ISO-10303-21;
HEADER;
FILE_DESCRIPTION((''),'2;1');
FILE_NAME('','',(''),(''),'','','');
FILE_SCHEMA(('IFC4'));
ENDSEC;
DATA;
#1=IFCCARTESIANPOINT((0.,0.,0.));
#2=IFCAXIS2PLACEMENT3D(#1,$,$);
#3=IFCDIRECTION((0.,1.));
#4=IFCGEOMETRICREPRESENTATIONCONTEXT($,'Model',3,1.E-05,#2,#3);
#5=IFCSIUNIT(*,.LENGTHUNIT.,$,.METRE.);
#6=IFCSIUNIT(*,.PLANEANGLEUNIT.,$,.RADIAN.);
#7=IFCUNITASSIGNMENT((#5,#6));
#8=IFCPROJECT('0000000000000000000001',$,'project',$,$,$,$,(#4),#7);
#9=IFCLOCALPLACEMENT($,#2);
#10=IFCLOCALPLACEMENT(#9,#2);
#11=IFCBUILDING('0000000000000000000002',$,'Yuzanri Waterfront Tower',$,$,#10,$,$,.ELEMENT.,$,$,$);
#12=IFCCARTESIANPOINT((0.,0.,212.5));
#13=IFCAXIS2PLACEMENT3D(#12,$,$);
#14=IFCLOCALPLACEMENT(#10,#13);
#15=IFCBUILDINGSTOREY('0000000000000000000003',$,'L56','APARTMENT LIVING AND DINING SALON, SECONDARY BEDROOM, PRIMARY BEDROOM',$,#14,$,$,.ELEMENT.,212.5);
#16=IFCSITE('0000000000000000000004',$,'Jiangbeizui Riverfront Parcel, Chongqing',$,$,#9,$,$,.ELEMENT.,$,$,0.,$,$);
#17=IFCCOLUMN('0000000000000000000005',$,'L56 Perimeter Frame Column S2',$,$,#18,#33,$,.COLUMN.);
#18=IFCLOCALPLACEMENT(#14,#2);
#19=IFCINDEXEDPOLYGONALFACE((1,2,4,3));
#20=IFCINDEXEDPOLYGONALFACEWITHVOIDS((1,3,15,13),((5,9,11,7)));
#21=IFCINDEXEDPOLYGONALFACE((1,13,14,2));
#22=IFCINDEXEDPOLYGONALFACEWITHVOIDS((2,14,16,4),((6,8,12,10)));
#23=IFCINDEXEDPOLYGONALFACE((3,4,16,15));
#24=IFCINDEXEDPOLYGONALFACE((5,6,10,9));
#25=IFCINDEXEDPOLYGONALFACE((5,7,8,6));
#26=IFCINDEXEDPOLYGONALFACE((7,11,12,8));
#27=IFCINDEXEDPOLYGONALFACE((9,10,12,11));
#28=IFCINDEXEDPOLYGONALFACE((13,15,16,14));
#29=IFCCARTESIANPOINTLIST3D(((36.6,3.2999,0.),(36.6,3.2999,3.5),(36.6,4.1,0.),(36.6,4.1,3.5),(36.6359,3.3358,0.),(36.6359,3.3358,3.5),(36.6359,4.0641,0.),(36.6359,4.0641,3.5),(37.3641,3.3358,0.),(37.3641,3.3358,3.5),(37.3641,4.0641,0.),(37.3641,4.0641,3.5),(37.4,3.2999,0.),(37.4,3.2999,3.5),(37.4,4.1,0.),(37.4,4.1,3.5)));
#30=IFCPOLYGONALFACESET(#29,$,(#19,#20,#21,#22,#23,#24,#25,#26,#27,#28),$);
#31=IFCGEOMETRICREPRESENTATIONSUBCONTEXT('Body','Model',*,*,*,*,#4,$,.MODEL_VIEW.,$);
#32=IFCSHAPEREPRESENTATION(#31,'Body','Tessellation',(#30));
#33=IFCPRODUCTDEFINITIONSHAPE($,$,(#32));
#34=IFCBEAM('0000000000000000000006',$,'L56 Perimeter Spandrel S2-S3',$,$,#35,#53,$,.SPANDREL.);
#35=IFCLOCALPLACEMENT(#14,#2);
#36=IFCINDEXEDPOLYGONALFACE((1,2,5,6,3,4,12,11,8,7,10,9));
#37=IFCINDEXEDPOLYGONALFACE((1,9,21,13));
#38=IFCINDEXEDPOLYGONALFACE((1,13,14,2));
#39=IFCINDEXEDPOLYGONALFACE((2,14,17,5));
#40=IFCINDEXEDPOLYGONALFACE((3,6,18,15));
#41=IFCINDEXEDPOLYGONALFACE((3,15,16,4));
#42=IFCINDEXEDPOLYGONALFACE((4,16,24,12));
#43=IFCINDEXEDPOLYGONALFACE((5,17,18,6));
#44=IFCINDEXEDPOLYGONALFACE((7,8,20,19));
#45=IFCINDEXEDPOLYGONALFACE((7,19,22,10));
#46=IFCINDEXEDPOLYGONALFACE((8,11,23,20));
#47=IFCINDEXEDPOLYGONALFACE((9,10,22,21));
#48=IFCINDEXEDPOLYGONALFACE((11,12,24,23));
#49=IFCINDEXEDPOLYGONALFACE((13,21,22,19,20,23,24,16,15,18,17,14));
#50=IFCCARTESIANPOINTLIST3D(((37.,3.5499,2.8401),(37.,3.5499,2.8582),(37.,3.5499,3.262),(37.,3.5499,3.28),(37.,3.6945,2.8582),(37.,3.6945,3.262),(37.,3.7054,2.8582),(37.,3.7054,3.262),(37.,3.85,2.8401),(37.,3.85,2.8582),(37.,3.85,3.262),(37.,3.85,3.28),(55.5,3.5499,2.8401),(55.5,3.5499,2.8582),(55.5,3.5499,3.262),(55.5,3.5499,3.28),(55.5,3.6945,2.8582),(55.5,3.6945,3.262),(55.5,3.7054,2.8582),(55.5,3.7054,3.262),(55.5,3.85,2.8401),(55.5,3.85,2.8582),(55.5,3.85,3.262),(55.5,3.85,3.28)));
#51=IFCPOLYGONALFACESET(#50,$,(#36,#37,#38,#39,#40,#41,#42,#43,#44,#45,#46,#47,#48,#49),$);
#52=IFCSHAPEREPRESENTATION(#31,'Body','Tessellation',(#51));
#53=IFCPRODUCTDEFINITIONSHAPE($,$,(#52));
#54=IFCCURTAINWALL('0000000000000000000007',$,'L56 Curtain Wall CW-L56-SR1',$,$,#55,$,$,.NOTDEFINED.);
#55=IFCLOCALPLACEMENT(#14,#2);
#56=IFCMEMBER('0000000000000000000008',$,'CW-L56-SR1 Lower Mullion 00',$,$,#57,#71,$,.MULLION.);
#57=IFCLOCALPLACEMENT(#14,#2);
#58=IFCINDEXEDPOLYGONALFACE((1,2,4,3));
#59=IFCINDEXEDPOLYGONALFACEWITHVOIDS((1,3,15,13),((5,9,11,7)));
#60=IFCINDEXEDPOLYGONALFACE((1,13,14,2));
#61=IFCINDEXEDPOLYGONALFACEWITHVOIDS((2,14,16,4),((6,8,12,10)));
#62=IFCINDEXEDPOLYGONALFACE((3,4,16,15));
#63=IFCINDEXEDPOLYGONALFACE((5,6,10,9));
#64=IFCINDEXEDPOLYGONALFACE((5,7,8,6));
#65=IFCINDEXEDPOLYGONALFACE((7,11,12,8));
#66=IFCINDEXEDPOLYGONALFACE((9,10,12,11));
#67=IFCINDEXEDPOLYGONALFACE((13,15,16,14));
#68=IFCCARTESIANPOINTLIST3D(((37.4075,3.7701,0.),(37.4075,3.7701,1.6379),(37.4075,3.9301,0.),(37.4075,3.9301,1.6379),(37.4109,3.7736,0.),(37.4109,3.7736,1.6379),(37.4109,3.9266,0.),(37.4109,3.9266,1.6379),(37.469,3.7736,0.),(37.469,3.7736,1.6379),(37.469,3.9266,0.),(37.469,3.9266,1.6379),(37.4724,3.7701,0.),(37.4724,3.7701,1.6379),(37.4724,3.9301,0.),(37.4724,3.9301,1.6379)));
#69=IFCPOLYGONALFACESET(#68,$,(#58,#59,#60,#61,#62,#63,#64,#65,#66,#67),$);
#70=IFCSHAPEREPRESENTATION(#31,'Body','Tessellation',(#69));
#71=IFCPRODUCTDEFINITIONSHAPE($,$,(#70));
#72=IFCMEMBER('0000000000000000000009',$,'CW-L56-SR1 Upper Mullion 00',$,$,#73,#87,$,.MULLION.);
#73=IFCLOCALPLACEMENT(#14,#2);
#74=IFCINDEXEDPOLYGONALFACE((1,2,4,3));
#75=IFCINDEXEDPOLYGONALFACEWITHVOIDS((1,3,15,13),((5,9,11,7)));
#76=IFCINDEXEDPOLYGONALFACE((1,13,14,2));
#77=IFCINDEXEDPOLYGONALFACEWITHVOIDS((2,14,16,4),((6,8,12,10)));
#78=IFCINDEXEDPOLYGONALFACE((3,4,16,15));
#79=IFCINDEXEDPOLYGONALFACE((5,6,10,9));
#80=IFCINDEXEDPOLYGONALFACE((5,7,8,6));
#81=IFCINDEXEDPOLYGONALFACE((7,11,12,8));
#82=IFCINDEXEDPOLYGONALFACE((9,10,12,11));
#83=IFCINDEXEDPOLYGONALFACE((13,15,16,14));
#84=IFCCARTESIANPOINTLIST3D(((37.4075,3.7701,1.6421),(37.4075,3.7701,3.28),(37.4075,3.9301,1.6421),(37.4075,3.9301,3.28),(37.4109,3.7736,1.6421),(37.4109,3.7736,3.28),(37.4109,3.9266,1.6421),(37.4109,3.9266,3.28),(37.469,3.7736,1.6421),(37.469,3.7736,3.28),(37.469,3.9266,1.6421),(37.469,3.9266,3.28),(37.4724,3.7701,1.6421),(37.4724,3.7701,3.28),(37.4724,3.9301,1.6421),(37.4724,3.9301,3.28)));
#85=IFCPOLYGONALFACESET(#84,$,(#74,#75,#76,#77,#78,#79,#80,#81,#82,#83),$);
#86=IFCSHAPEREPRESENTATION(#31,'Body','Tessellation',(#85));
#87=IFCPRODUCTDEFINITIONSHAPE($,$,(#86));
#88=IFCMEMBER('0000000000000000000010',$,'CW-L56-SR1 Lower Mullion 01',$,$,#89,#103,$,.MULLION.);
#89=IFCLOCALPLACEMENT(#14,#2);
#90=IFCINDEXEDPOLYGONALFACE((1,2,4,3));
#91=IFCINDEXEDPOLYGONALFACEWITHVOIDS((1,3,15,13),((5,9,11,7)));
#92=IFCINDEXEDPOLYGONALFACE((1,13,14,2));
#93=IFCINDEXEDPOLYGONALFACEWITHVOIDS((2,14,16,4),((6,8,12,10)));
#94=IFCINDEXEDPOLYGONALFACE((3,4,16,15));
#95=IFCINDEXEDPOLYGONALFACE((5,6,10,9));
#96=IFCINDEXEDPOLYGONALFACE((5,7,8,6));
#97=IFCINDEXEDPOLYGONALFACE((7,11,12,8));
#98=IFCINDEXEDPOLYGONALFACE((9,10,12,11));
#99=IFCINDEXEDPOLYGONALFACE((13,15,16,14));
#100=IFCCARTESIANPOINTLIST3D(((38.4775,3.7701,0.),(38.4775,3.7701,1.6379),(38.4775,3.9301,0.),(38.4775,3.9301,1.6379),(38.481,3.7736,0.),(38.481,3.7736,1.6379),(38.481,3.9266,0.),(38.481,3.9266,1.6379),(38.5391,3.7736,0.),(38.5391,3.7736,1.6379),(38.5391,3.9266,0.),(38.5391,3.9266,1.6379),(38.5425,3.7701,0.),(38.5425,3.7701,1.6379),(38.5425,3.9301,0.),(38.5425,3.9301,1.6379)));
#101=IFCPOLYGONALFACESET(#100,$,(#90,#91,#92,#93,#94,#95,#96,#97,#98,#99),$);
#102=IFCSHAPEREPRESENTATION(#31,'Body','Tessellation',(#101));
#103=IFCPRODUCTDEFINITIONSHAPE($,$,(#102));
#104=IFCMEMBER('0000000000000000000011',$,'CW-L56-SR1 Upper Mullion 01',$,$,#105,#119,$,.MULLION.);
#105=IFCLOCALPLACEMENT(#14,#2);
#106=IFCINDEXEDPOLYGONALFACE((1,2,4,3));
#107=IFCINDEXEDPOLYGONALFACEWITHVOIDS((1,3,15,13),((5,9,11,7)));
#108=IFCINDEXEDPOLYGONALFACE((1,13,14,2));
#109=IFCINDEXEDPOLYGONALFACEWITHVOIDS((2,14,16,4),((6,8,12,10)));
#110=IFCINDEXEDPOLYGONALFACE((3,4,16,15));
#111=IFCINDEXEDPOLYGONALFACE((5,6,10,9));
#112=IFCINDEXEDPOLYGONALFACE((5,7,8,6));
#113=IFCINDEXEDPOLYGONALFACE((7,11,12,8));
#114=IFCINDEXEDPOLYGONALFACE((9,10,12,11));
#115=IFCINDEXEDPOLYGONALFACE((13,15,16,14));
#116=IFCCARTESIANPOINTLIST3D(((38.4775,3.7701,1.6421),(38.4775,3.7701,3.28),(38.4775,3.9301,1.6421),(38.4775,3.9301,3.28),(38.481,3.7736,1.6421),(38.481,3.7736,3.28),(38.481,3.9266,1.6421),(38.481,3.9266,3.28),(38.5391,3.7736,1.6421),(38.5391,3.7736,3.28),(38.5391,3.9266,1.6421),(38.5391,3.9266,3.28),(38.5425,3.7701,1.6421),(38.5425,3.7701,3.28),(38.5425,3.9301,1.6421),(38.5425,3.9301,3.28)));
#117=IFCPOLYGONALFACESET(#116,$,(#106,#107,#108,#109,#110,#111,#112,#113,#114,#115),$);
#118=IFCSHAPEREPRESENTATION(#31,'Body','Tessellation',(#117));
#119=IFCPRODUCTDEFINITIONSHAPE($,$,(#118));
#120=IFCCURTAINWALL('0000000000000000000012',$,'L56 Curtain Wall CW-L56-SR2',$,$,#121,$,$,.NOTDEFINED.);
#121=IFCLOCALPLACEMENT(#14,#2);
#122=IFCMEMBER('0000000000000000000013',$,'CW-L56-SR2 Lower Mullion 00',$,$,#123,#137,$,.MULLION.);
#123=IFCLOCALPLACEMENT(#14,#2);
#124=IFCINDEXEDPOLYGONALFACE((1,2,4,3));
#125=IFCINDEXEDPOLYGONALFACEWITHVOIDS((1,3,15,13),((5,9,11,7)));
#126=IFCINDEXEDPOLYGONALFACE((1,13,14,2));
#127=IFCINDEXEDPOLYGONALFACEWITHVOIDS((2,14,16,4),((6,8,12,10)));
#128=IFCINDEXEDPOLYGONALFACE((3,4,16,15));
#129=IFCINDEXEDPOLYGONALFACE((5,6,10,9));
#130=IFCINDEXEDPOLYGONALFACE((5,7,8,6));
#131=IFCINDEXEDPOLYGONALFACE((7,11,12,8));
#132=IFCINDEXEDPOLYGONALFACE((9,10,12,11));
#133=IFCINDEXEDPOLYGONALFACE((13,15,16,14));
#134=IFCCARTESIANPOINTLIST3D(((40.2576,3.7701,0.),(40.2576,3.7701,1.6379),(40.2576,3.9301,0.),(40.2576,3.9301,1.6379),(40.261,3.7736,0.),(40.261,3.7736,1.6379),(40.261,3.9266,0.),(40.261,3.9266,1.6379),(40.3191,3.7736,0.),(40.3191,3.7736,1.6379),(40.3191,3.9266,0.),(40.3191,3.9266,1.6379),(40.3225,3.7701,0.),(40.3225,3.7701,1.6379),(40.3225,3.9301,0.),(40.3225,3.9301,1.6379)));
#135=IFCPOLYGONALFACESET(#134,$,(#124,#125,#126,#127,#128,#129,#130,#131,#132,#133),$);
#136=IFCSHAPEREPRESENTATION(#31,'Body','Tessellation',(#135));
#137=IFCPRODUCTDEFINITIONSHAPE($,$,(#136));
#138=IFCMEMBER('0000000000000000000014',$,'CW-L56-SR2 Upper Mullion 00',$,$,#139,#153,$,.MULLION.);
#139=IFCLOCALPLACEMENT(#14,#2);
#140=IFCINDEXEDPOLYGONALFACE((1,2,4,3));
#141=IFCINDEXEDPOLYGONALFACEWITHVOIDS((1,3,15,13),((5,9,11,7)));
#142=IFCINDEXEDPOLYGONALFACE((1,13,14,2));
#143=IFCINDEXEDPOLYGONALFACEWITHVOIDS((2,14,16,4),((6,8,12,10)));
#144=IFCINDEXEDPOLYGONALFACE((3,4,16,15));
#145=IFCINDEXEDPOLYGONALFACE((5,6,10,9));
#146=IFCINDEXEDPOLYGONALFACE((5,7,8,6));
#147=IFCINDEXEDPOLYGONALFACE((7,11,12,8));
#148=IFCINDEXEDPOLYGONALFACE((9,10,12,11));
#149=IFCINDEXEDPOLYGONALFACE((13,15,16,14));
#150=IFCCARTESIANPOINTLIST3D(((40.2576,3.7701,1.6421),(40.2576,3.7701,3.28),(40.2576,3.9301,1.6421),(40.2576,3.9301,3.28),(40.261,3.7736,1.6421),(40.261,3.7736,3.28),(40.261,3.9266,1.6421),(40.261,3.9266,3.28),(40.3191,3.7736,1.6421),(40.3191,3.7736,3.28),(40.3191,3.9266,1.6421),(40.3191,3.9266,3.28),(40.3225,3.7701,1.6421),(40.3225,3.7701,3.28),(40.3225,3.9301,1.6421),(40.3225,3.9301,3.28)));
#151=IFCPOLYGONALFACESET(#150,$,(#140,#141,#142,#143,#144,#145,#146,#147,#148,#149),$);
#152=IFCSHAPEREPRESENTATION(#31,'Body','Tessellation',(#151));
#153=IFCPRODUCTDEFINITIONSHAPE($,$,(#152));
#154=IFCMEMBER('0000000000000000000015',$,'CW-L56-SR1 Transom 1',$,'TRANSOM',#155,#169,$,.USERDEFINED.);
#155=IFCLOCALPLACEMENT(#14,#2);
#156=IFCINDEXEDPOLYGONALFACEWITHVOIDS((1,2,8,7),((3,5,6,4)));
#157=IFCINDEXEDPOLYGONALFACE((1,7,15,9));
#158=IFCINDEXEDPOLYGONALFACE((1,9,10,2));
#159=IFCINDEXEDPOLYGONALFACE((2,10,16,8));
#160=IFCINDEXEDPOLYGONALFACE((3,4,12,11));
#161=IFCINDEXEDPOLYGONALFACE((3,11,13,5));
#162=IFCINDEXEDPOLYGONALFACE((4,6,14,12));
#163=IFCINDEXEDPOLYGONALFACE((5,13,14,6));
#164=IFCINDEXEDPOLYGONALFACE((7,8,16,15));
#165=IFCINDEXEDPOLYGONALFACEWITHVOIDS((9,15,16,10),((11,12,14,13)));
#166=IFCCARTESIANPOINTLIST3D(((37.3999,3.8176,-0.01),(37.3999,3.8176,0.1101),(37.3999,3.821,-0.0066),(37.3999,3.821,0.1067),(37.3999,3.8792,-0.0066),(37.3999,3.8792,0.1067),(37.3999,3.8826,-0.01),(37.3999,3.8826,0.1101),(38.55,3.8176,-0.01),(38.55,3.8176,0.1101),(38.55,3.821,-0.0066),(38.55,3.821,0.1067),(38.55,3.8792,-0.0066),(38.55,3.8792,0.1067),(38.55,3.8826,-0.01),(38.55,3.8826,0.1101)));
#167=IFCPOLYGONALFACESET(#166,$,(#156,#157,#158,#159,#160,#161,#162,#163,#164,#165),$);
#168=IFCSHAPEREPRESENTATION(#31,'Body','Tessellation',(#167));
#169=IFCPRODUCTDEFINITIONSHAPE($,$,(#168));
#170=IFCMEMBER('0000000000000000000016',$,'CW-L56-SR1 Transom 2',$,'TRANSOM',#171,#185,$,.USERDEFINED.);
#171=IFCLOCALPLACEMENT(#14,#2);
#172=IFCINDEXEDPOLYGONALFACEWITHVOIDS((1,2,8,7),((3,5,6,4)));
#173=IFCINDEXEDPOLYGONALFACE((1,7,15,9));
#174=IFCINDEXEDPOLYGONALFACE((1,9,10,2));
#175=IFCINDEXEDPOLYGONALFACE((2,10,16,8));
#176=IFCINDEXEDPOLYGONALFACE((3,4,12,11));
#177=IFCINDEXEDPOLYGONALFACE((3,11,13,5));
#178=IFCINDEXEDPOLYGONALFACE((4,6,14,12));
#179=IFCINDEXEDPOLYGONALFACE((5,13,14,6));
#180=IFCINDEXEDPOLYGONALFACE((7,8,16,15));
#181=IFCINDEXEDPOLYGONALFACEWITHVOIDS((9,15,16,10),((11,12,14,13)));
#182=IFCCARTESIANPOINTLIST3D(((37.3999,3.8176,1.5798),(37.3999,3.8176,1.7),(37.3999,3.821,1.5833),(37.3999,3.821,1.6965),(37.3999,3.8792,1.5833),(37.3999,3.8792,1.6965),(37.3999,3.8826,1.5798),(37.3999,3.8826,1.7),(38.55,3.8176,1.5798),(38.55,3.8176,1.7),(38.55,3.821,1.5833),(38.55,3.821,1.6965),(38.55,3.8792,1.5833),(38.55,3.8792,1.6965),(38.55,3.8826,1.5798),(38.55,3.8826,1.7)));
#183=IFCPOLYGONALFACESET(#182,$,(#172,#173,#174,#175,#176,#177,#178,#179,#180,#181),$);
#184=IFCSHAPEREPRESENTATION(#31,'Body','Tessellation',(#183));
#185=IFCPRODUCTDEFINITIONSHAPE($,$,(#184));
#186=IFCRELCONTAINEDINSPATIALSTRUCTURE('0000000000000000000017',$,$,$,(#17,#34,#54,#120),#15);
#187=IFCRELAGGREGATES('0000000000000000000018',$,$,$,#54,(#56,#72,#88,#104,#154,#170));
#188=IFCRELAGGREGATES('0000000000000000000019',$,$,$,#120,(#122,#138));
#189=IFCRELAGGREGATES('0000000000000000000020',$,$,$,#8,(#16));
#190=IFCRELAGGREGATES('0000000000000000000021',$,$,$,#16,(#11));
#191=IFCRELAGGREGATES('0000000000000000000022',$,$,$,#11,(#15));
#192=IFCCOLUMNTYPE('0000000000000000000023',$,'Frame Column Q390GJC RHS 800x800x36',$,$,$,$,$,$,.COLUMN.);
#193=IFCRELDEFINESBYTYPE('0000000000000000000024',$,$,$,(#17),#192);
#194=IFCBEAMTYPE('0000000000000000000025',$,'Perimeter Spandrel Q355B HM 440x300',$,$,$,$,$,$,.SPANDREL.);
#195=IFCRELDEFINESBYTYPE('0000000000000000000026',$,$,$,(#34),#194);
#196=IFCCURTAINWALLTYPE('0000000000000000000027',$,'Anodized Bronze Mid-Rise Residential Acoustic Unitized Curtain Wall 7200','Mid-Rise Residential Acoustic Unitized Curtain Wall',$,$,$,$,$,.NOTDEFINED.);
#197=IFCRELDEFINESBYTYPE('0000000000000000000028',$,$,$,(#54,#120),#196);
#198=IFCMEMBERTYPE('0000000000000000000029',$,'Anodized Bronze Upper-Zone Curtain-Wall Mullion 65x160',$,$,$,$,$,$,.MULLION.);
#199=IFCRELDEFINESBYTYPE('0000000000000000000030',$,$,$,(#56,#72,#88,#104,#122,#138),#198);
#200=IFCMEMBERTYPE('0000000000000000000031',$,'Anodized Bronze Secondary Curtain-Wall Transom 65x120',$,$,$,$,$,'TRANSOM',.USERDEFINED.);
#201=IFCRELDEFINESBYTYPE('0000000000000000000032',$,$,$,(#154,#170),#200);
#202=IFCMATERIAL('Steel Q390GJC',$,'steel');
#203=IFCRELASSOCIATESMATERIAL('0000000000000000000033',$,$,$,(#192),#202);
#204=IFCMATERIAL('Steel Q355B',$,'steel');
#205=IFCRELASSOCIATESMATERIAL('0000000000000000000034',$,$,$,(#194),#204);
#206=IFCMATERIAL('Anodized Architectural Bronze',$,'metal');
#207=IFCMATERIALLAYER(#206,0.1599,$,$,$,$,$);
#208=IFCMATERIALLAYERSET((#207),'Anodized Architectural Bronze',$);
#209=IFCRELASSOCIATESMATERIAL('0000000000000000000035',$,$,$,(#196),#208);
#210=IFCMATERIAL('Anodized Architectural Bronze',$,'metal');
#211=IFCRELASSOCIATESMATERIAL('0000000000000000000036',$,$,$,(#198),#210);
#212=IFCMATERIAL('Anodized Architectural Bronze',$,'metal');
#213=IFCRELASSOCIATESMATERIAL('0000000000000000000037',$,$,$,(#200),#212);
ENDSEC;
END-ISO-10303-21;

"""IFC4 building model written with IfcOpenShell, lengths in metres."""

from ifc_helpers import new_model, si_unit, direction, frame, origin, origin_2d, place, context, subcontext, project, spatial, hollow_rectangle, i_section, extrude, source, transform, mapped, material, layer, layer_set, material_profile, profile_set, type_object, element, aggregate, save


model = new_model("IFC4")

# Units and contexts
model_context = context("Model", 3, precision=1e-05, world=origin(), true_north=direction((0.0, 1.0)))
body_context = subcontext(model_context, "Body", "Model", "MODEL_VIEW")
ifc_project = project(units=[si_unit("LENGTHUNIT", "METRE"), si_unit("PLANEANGLEUNIT", "RADIAN")], contexts=[model_context])

# Site, building, storey
site_placement = place(None, origin())
site = spatial("IfcSite", under=ifc_project, at=site_placement, Name="Jiangbeizui Riverfront Parcel, Chongqing", CompositionType="ELEMENT", RefElevation=0.0)
building_placement = place(site_placement, origin())
building = spatial("IfcBuilding", under=site, at=building_placement, Name="Yuzanri Waterfront Tower", CompositionType="ELEMENT")
storey_placement = place(building_placement, frame((0.0, 0.0, 212.5)))
storey = spatial("IfcBuildingStorey", under=building, at=storey_placement, Name="L56", Description="APARTMENT LIVING AND DINING SALON, SECONDARY BEDROOM, PRIMARY BEDROOM", CompositionType="ELEMENT", Elevation=212.5)

# Column
ifc_material_1 = material(Name="Steel Q390GJC", Category="steel")
ifc_material_profile_1 = material_profile(ifc_material_1, hollow_rectangle(XDim=0.8, YDim=0.8, WallThickness=0.0359, at=origin_2d()), Name="RHS 800x800x36")
ifc_profile_set_1 = profile_set([ifc_material_profile_1], Name="Steel Q390GJC")
column_type = type_object("IfcColumnType", Name="Frame Column Q390GJC RHS 800x800x36", PredefinedType="COLUMN", material=ifc_profile_set_1)
shared_shape_1 = source(origin(), body_context, "Body", "SweptSolid", [
    extrude(hollow_rectangle(XDim=0.8, YDim=0.8, WallThickness=0.0359, at=origin_2d()), origin(), (0.0, 0.0, 1.0), 3.5),
])
column_placement = place(storey_placement, frame((37.0, 3.7, 0.0), z_axis=(0.0, 0.0, 1.0), x_axis=(1.0, 0.0, 0.0)))
element("IfcColumn", 1, at=column_placement, inside=storey, type_object=column_type, Name="L56 Perimeter Frame Column S2", PredefinedType="COLUMN", context=body_context, shape_type="MappedRepresentation", body=[
    mapped(shared_shape_1, transform((0.0, 0.0, 0.0), scale=1.0)),
])

# Beam
ifc_material_2 = material(Name="Steel Q355B", Category="steel")
ifc_material_profile_2 = material_profile(ifc_material_2, i_section(OverallWidth=0.3, OverallDepth=0.4399, WebThickness=0.011, FlangeThickness=0.0181, at=origin_2d()), Name="HM 440x300x11x18")
ifc_profile_set_2 = profile_set([ifc_material_profile_2], Name="Steel Q355B")
beam_type = type_object("IfcBeamType", Name="Perimeter Spandrel Q355B HM 440x300", PredefinedType="SPANDREL", material=ifc_profile_set_2)
shared_shape_2 = source(origin(), body_context, "Body", "SweptSolid", [
    extrude(i_section(OverallWidth=0.3, OverallDepth=0.4399, WebThickness=0.011, FlangeThickness=0.0181, at=origin_2d()), origin(), (0.0, 0.0, 1.0), 18.5),
])
beam_placement = place(storey_placement, frame((37.0, 3.7, 3.0601), z_axis=(1.0, 0.0, 0.0), x_axis=(0.0, 1.0, 0.0)))
element("IfcBeam", 2, at=beam_placement, inside=storey, type_object=beam_type, Name="L56 Perimeter Spandrel S2-S3", PredefinedType="SPANDREL", context=body_context, shape_type="MappedRepresentation", body=[
    mapped(shared_shape_2, transform((0.0, 0.0, 0.0), scale=1.0)),
])

# Curtain walls, members
ifc_material_3 = material(Name="Anodized Architectural Bronze", Category="metal")
ifc_layer_1 = layer(ifc_material_3, 0.1599)
ifc_layer_set_1 = layer_set([ifc_layer_1], Name="Anodized Architectural Bronze")
curtain_wall_type = type_object("IfcCurtainWallType", Name="Anodized Bronze Mid-Rise Residential Acoustic Unitized Curtain Wall 7200", Description="Mid-Rise Residential Acoustic Unitized Curtain Wall", PredefinedType="NOTDEFINED", material=ifc_layer_set_1)
curtain_wall_1_placement = place(storey_placement, origin())
curtain_wall_1 = element("IfcCurtainWall", 3, at=curtain_wall_1_placement, inside=storey, type_object=curtain_wall_type, Name="L56 Curtain Wall CW-L56-SR1", PredefinedType="NOTDEFINED")
ifc_material_4 = material(Name="Anodized Architectural Bronze", Category="metal")
ifc_material_profile_3 = material_profile(ifc_material_4, hollow_rectangle(XDim=0.0649, YDim=0.1599, WallThickness=0.0034, at=origin_2d()), Name="CWM 65x160")
ifc_profile_set_3 = profile_set([ifc_material_profile_3], Name="Anodized Architectural Bronze")
member_type_1 = type_object("IfcMemberType", Name="Anodized Bronze Upper-Zone Curtain-Wall Mullion 65x160", PredefinedType="MULLION", material=ifc_profile_set_3)
shared_shape_3 = source(origin(), body_context, "Body", "SweptSolid", [
    extrude(hollow_rectangle(XDim=0.0649, YDim=0.1599, WallThickness=0.0034, at=origin_2d()), origin(), (0.0, 0.0, 1.0), 1.6379),
])
member_1_placement = place(storey_placement, frame((37.4399, 3.8501, 0.0), z_axis=(0.0, 0.0, 1.0), x_axis=(1.0, 0.0, 0.0)))
member_1 = element("IfcMember", 4, at=member_1_placement, type_object=member_type_1, Name="CW-L56-SR1 Lower Mullion 00", PredefinedType="MULLION", context=body_context, shape_type="MappedRepresentation", body=[
    mapped(shared_shape_3, transform((0.0, 0.0, 0.0), scale=1.0)),
])
member_2_placement = place(storey_placement, frame((37.4399, 3.8501, 1.6421), z_axis=(0.0, 0.0, 1.0), x_axis=(1.0, 0.0, 0.0)))
member_2 = element("IfcMember", 5, at=member_2_placement, type_object=member_type_1, Name="CW-L56-SR1 Upper Mullion 00", PredefinedType="MULLION", context=body_context, shape_type="MappedRepresentation", body=[
    mapped(shared_shape_3, transform((0.0, 0.0, 0.0), scale=1.0)),
])
member_3_placement = place(storey_placement, frame((38.51, 3.8501, 0.0), z_axis=(0.0, 0.0, 1.0), x_axis=(1.0, 0.0, 0.0)))
member_3 = element("IfcMember", 6, at=member_3_placement, type_object=member_type_1, Name="CW-L56-SR1 Lower Mullion 01", PredefinedType="MULLION", context=body_context, shape_type="MappedRepresentation", body=[
    mapped(shared_shape_3, transform((0.0, 0.0, 0.0), scale=1.0)),
])
member_4_placement = place(storey_placement, frame((38.51, 3.8501, 1.6421), z_axis=(0.0, 0.0, 1.0), x_axis=(1.0, 0.0, 0.0)))
member_4 = element("IfcMember", 7, at=member_4_placement, type_object=member_type_1, Name="CW-L56-SR1 Upper Mullion 01", PredefinedType="MULLION", context=body_context, shape_type="MappedRepresentation", body=[
    mapped(shared_shape_3, transform((0.0, 0.0, 0.0), scale=1.0)),
])
curtain_wall_2_placement = place(storey_placement, origin())
curtain_wall_2 = element("IfcCurtainWall", 8, at=curtain_wall_2_placement, inside=storey, type_object=curtain_wall_type, Name="L56 Curtain Wall CW-L56-SR2", PredefinedType="NOTDEFINED")
member_5_placement = place(storey_placement, frame((40.29, 3.8501, 0.0), z_axis=(0.0, 0.0, 1.0), x_axis=(1.0, 0.0, 0.0)))
member_5 = element("IfcMember", 9, at=member_5_placement, type_object=member_type_1, Name="CW-L56-SR2 Lower Mullion 00", PredefinedType="MULLION", context=body_context, shape_type="MappedRepresentation", body=[
    mapped(shared_shape_3, transform((0.0, 0.0, 0.0), scale=1.0)),
])
member_6_placement = place(storey_placement, frame((40.29, 3.8501, 1.6421), z_axis=(0.0, 0.0, 1.0), x_axis=(1.0, 0.0, 0.0)))
member_6 = element("IfcMember", 10, at=member_6_placement, type_object=member_type_1, Name="CW-L56-SR2 Upper Mullion 00", PredefinedType="MULLION", context=body_context, shape_type="MappedRepresentation", body=[
    mapped(shared_shape_3, transform((0.0, 0.0, 0.0), scale=1.0)),
])

# Members
ifc_material_5 = material(Name="Anodized Architectural Bronze", Category="metal")
ifc_material_profile_4 = material_profile(ifc_material_5, hollow_rectangle(XDim=0.0649, YDim=0.1201, WallThickness=0.0034, at=origin_2d()), Name="CWT 65x120")
ifc_profile_set_4 = profile_set([ifc_material_profile_4], Name="Anodized Architectural Bronze")
member_type_2 = type_object("IfcMemberType", Name="Anodized Bronze Secondary Curtain-Wall Transom 65x120", ElementType="TRANSOM", PredefinedType="USERDEFINED", material=ifc_profile_set_4)
shared_shape_4 = source(origin(), body_context, "Body", "SweptSolid", [
    extrude(hollow_rectangle(XDim=0.0649, YDim=0.1201, WallThickness=0.0034, at=origin_2d()), origin(), (0.0, 0.0, 1.0), 1.1501),
])
member_7_placement = place(storey_placement, frame((37.3999, 3.8501, 0.05), z_axis=(1.0, 0.0, 0.0), x_axis=(0.0, 1.0, 0.0)))
member_7 = element("IfcMember", 11, at=member_7_placement, type_object=member_type_2, Name="CW-L56-SR1 Transom 1", ObjectType="TRANSOM", PredefinedType="USERDEFINED", context=body_context, shape_type="MappedRepresentation", body=[
    mapped(shared_shape_4, transform((0.0, 0.0, 0.0), scale=1.0)),
])
member_8_placement = place(storey_placement, frame((37.3999, 3.8501, 1.6399), z_axis=(1.0, 0.0, 0.0), x_axis=(0.0, 1.0, 0.0)))
member_8 = element("IfcMember", 12, at=member_8_placement, type_object=member_type_2, Name="CW-L56-SR1 Transom 2", ObjectType="TRANSOM", PredefinedType="USERDEFINED", context=body_context, shape_type="MappedRepresentation", body=[
    mapped(shared_shape_4, transform((0.0, 0.0, 0.0), scale=1.0)),
])

aggregate(curtain_wall_1, [member_1, member_2, member_3, member_4, member_7, member_8])
aggregate(curtain_wall_2, [member_5, member_6])

save(model, "model.ifc")
